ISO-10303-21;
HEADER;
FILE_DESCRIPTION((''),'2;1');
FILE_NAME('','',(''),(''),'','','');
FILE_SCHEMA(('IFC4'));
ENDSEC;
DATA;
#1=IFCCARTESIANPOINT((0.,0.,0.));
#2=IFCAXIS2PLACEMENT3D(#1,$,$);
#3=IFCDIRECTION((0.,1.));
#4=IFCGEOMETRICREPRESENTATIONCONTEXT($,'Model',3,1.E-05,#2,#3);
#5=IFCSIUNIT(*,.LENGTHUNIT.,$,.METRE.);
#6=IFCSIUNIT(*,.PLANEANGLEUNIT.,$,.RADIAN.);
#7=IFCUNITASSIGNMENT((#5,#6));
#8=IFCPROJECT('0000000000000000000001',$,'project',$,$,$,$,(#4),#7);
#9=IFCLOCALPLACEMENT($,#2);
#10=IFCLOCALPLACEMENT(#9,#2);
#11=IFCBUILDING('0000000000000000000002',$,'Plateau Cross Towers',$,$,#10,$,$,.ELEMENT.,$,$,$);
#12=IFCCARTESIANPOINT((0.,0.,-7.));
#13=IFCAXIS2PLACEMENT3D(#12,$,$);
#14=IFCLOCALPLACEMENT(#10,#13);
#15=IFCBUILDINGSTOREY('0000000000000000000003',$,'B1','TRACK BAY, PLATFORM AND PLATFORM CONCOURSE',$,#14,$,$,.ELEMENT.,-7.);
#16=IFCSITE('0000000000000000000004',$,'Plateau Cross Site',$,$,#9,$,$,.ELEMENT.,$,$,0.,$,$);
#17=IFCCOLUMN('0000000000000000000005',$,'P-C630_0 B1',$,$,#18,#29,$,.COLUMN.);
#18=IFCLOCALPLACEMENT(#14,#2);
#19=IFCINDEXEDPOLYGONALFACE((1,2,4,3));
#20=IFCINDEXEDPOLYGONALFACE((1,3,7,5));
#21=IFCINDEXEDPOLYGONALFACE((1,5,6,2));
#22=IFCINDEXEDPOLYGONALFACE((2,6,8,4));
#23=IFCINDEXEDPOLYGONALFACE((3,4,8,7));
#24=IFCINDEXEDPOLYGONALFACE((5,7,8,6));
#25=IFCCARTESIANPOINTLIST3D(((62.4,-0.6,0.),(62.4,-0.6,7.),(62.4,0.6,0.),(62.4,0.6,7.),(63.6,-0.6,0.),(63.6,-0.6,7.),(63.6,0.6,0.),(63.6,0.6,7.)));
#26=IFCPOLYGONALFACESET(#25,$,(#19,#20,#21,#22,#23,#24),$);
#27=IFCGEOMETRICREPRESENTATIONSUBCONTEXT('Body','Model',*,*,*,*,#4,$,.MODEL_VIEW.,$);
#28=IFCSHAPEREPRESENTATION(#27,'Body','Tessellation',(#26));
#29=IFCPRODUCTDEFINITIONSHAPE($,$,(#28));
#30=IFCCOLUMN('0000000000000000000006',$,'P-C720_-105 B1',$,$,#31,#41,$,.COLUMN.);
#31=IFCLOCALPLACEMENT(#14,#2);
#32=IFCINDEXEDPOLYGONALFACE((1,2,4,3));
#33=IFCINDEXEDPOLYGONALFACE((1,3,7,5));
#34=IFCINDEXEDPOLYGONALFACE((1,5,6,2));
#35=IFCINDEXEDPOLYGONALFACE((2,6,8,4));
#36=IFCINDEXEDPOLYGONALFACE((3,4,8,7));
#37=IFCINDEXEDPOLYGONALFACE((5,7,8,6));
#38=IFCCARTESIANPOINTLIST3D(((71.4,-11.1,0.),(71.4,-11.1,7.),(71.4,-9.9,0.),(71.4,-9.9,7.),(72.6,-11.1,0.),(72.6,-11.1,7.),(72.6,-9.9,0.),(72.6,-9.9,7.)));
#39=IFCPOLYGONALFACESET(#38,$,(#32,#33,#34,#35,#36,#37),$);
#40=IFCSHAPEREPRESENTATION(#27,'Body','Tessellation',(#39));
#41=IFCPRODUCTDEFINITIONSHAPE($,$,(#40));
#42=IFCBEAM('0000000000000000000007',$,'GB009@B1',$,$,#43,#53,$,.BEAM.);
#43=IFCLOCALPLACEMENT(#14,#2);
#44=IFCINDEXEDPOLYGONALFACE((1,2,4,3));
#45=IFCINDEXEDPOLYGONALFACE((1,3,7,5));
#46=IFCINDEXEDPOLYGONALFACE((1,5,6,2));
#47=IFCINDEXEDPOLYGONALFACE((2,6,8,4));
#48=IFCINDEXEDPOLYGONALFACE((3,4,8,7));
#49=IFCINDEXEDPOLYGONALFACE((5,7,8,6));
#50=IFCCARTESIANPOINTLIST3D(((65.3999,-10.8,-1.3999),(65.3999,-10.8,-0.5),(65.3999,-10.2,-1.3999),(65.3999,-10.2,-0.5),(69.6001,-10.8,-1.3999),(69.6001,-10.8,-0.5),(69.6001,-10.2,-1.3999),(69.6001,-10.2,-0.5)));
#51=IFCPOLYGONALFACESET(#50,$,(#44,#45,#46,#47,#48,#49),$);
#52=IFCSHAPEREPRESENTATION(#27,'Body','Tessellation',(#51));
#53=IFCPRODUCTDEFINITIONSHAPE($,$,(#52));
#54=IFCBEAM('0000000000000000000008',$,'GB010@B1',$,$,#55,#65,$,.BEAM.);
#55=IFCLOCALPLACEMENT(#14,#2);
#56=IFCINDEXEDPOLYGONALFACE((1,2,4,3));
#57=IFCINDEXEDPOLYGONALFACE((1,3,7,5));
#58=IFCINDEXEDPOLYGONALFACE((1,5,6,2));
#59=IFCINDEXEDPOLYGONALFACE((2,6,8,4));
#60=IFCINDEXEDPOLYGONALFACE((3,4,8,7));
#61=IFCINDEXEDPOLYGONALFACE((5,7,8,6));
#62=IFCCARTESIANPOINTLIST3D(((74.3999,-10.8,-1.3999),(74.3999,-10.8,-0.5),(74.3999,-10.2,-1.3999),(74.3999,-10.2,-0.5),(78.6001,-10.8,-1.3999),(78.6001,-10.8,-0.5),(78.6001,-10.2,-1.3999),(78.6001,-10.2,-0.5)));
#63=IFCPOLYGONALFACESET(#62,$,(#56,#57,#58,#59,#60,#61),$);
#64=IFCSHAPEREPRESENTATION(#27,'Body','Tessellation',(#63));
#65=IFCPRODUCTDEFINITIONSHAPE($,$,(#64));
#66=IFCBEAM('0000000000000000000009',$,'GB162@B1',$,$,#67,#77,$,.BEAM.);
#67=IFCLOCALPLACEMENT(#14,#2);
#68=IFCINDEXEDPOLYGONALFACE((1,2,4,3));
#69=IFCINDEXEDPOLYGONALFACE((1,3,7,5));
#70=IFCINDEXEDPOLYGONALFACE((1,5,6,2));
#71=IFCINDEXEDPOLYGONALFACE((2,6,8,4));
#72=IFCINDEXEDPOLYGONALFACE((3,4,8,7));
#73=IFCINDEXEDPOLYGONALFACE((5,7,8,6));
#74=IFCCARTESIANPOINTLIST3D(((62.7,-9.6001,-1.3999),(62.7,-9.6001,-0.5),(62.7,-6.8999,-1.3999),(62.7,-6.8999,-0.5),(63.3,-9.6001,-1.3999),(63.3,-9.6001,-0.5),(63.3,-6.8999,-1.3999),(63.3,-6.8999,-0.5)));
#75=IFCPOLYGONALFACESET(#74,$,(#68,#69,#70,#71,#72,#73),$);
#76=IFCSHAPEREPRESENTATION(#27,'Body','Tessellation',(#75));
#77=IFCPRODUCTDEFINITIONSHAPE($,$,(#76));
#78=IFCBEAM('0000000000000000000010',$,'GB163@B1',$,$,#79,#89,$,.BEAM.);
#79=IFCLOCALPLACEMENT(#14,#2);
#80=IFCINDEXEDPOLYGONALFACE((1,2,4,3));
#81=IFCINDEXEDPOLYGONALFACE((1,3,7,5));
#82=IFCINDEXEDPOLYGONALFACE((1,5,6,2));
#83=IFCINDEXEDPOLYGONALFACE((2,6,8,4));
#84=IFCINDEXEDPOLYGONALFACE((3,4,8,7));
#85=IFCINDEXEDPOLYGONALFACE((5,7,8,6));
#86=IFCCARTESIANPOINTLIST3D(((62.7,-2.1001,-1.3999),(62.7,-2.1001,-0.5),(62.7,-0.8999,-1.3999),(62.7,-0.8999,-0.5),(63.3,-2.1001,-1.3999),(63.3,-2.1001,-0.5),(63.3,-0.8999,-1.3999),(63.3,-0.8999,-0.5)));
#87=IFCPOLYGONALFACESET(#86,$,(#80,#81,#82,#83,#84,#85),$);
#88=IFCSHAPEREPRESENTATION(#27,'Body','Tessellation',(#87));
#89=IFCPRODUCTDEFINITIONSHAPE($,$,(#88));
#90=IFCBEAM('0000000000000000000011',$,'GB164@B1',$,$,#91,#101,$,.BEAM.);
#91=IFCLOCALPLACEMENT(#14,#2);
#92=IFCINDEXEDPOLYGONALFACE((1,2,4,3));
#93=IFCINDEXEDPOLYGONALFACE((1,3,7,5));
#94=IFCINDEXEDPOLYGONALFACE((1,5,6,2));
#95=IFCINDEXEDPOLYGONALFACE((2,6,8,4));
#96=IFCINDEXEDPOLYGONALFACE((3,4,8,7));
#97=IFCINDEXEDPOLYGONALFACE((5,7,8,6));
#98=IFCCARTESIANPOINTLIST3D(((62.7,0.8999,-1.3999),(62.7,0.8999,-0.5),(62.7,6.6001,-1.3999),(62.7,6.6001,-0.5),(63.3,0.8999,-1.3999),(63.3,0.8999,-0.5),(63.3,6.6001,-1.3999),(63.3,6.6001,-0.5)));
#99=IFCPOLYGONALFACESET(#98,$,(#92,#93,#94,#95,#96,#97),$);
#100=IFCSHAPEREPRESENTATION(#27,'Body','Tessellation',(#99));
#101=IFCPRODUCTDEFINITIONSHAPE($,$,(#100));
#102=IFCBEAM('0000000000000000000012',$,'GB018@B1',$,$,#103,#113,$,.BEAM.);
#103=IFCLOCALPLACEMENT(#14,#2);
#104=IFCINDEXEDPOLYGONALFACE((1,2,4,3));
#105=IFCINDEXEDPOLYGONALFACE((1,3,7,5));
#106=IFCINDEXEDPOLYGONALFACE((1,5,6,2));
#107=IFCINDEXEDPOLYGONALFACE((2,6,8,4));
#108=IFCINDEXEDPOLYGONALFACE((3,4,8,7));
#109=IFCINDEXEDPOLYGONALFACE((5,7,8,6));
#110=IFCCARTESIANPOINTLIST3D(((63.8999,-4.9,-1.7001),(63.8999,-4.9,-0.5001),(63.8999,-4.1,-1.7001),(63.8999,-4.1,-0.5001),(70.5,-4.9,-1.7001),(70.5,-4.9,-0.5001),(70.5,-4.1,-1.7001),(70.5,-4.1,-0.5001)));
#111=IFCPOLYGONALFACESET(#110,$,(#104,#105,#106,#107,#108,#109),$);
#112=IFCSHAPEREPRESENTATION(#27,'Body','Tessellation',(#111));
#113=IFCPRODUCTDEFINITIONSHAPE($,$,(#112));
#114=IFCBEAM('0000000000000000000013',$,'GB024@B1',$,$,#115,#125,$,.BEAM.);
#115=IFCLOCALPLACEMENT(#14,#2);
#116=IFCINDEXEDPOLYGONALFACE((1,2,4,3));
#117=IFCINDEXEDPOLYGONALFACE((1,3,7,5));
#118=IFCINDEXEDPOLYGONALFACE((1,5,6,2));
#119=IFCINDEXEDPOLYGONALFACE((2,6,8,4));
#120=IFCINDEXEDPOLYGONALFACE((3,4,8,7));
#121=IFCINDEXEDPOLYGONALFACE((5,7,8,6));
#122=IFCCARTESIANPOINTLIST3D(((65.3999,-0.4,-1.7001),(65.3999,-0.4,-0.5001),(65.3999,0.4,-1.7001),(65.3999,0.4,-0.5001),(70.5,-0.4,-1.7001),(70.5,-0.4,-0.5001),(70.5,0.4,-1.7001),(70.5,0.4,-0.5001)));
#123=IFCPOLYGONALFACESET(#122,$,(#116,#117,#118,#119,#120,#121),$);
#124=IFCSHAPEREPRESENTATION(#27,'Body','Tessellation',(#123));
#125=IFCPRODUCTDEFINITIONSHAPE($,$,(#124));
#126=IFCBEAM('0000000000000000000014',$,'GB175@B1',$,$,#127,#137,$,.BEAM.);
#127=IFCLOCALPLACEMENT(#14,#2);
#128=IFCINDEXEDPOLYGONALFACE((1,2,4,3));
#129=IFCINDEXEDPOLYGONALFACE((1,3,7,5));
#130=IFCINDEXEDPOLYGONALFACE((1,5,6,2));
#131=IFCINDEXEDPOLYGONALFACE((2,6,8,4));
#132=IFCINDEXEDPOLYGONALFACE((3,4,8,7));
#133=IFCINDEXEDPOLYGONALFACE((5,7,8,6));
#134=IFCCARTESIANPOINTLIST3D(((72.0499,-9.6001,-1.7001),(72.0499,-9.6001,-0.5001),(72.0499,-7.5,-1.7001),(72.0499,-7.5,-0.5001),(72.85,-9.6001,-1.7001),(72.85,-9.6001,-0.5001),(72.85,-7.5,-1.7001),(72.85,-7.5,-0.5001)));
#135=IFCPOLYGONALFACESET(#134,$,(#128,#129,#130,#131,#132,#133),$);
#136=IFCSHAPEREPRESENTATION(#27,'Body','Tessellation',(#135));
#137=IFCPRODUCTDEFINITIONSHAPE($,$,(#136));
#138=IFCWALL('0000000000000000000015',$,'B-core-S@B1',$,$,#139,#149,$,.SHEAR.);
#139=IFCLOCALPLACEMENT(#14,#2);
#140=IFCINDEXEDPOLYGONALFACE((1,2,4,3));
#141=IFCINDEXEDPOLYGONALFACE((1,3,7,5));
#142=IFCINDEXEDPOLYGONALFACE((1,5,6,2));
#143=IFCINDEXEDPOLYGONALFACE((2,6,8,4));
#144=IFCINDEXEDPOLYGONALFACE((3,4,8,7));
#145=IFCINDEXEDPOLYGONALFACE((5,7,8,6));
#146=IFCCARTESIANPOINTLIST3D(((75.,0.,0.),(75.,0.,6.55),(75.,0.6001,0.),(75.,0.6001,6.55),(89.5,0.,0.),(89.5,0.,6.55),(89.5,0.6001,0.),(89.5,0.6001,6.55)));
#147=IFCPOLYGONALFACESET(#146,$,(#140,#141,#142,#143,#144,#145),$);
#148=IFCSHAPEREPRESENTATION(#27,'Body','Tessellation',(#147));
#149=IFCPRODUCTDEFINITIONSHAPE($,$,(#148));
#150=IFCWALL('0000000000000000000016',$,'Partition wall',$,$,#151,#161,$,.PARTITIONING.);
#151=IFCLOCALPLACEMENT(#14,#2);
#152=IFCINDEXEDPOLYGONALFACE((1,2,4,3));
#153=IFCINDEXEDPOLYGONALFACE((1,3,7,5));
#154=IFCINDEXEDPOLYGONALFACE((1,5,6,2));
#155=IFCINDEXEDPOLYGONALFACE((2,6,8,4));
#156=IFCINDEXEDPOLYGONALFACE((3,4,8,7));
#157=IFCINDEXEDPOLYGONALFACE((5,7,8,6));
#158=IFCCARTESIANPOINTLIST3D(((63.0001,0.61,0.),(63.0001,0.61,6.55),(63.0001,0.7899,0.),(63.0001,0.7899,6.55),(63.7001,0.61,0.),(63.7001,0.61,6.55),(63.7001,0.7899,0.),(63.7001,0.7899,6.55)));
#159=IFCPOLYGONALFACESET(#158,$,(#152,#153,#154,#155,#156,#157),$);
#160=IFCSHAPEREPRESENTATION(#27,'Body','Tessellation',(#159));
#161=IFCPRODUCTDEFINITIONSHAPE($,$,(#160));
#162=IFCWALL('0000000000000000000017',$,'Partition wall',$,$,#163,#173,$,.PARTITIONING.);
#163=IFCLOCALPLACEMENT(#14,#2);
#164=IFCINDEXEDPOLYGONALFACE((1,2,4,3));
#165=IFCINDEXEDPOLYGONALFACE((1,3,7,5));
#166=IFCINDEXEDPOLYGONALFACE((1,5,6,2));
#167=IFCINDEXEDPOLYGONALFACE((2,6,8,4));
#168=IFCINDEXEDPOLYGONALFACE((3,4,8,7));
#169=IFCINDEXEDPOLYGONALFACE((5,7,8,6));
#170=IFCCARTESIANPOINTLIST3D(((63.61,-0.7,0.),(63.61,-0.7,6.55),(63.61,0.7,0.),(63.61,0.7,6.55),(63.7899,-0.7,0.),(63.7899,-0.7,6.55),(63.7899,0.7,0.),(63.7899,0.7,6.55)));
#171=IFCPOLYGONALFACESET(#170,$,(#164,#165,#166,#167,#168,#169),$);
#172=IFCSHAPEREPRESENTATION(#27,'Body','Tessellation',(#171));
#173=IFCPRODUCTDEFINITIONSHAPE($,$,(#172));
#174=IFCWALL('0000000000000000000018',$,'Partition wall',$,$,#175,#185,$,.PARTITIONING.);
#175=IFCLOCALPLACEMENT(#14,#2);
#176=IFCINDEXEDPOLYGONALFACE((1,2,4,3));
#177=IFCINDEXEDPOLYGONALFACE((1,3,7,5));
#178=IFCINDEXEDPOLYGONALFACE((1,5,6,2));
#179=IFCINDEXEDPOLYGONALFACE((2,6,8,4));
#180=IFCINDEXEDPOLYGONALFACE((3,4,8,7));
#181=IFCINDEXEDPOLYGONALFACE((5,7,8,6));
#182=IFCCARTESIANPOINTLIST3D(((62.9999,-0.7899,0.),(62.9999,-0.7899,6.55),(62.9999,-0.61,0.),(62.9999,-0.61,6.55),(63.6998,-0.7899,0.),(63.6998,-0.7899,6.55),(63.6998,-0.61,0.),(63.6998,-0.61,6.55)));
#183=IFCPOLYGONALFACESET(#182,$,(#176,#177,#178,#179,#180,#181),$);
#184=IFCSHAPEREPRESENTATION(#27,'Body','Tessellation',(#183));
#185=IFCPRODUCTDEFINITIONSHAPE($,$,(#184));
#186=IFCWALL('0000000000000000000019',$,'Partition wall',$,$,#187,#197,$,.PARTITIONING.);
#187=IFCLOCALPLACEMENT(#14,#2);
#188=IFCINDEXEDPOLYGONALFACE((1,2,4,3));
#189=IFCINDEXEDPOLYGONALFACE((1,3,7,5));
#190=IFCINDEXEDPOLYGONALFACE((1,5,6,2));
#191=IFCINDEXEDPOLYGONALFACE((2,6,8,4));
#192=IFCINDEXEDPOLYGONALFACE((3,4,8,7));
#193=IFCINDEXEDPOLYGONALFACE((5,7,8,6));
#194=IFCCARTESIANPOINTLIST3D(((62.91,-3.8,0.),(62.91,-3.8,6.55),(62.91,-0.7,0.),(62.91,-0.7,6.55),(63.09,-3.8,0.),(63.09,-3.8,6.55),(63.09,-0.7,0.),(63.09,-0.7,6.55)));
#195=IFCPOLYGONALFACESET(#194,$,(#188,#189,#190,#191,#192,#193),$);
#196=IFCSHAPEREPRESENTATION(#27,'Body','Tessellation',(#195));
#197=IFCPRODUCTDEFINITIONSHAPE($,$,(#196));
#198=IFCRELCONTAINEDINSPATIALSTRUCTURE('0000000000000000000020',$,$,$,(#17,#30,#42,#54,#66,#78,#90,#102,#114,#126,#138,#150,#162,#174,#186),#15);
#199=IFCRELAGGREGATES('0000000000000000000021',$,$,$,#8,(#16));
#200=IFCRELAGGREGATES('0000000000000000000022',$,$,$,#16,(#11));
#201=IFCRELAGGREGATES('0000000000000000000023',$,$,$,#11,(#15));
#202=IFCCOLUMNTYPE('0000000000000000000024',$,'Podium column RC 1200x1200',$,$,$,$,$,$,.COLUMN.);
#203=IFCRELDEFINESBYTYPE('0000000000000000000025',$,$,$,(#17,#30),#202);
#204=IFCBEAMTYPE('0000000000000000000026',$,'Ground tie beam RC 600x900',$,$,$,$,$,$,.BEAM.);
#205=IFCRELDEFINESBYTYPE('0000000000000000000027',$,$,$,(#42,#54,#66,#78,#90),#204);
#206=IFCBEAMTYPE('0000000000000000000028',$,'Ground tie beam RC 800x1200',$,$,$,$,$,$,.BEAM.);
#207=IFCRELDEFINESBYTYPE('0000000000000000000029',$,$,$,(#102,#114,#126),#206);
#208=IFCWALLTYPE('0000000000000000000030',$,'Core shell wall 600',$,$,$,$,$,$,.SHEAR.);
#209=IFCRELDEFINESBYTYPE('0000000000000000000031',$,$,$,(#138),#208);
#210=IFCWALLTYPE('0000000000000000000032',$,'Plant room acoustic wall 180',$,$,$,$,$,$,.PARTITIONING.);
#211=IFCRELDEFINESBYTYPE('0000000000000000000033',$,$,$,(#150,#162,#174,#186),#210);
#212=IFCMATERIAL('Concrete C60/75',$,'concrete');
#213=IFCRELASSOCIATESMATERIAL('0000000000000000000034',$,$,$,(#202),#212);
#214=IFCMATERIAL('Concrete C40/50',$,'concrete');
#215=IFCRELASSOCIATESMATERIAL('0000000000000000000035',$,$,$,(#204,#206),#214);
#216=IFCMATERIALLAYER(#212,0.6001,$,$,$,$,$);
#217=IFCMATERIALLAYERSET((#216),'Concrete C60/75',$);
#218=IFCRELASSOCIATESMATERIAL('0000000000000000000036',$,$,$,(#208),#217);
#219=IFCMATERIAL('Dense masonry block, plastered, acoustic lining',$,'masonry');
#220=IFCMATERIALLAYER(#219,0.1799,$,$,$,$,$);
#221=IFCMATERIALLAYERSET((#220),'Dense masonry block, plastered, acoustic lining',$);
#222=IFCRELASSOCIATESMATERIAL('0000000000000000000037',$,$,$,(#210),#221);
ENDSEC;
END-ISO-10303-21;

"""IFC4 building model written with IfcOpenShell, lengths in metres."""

from ifc_helpers import new_model, si_unit, direction, frame, frame_2d, origin, origin_2d, place, context, subcontext, project, spatial, rectangle, extrude, material, layer, layer_set, material_profile, profile_set, type_object, element, save


model = new_model("IFC4")

# Units and contexts
model_context = context("Model", 3, precision=1e-05, world=origin(), true_north=direction((0.0, 1.0)))
body_context = subcontext(model_context, "Body", "Model", "MODEL_VIEW")
ifc_project = project(units=[si_unit("LENGTHUNIT", "METRE"), si_unit("PLANEANGLEUNIT", "RADIAN")], contexts=[model_context])

# Site, building, storey
site_placement = place(None, origin())
site = spatial("IfcSite", under=ifc_project, at=site_placement, Name="Plateau Cross Site", CompositionType="ELEMENT", RefElevation=0.0)
building_placement = place(site_placement, origin())
building = spatial("IfcBuilding", under=site, at=building_placement, Name="Plateau Cross Towers", CompositionType="ELEMENT")
storey_placement = place(building_placement, frame((0.0, 0.0, -7.0)))
storey = spatial("IfcBuildingStorey", under=building, at=storey_placement, Name="B1", Description="TRACK BAY, PLATFORM AND PLATFORM CONCOURSE", CompositionType="ELEMENT", Elevation=-7.0)

# Shared definitions
ifc_material_1 = material(Name="Concrete C40/50", Category="concrete")

# Columns
ifc_material_2 = material(Name="Concrete C60/75", Category="concrete")
ifc_material_profile_1 = material_profile(ifc_material_2, rectangle(XDim=1.2, YDim=1.2, at=origin_2d()), Name="RC 1200x1200")
ifc_profile_set_1 = profile_set([ifc_material_profile_1], Name="Concrete C60/75")
column_type_1 = type_object("IfcColumnType", Name="Podium column RC 1200x1200", PredefinedType="COLUMN", material=ifc_profile_set_1)
for number, where, z_axis, x_axis, name in (
    (1, (63.0, 0.0, 0.0), (0.0, 0.0, 1.0), (1.0, 0.0, 0.0), "P-C630_0 B1"),
    (2, (72.0, -10.5, 0.0), (0.0, 0.0, 1.0), (1.0, 0.0, 0.0), "P-C720_-105 B1"),
):
    element("IfcColumn", number, at=place(storey_placement, frame(where, z_axis=z_axis, x_axis=x_axis)), inside=storey, type_object=column_type_1, Name=name, PredefinedType="COLUMN", context=body_context, shape_type="SweptSolid", body=[
        extrude(rectangle(XDim=1.2, YDim=1.2, at=origin_2d()), origin(), (0.0, 0.0, 1.0), 7.0),
    ])

# Beams
ifc_material_profile_2 = material_profile(ifc_material_1, rectangle(XDim=0.6001, YDim=0.8999, at=origin_2d()), Name="RC 600x900")
ifc_profile_set_2 = profile_set([ifc_material_profile_2], Name="Concrete C40/50")
beam_type_1 = type_object("IfcBeamType", Name="Ground tie beam RC 600x900", PredefinedType="BEAM", material=ifc_profile_set_2)
for number, where, z_axis, x_axis, name in (
    (3, (65.3999, -10.5, -0.95), (1.0, 0.0, 0.0), (0.0, 1.0, 0.0), "GB009@B1"),
    (4, (74.3999, -10.5, -0.95), (1.0, 0.0, 0.0), (0.0, 1.0, 0.0), "GB010@B1"),
):
    element("IfcBeam", number, at=place(storey_placement, frame(where, z_axis=z_axis, x_axis=x_axis)), inside=storey, type_object=beam_type_1, Name=name, PredefinedType="BEAM", context=body_context, shape_type="SweptSolid", body=[
        extrude(rectangle(XDim=0.6001, YDim=0.8999, at=origin_2d()), origin(), (0.0, 0.0, 1.0), 4.2002),
    ])
beam_1_placement = place(storey_placement, frame((63.0, -9.6001, -0.95), z_axis=(0.0, 1.0, 0.0), x_axis=(-1.0, 0.0, 0.0)))
element("IfcBeam", 5, at=beam_1_placement, inside=storey, type_object=beam_type_1, Name="GB162@B1", PredefinedType="BEAM", context=body_context, shape_type="SweptSolid", body=[
    extrude(rectangle(XDim=0.6001, YDim=0.8999, at=origin_2d()), origin(), (0.0, 0.0, 1.0), 2.7002),
])
beam_2_placement = place(storey_placement, frame((63.0, -2.1001, -0.95), z_axis=(0.0, 1.0, 0.0), x_axis=(-1.0, 0.0, 0.0)))
element("IfcBeam", 6, at=beam_2_placement, inside=storey, type_object=beam_type_1, Name="GB163@B1", PredefinedType="BEAM", context=body_context, shape_type="SweptSolid", body=[
    extrude(rectangle(XDim=0.6001, YDim=0.8999, at=origin_2d()), origin(), (0.0, 0.0, 1.0), 1.2002),
])
beam_3_placement = place(storey_placement, frame((63.0, 0.8999, -0.95), z_axis=(0.0, 1.0, 0.0), x_axis=(-1.0, 0.0, 0.0)))
element("IfcBeam", 7, at=beam_3_placement, inside=storey, type_object=beam_type_1, Name="GB164@B1", PredefinedType="BEAM", context=body_context, shape_type="SweptSolid", body=[
    extrude(rectangle(XDim=0.6001, YDim=0.8999, at=origin_2d()), origin(), (0.0, 0.0, 1.0), 5.7002),
])
ifc_material_profile_3 = material_profile(ifc_material_1, rectangle(XDim=0.8, YDim=1.2, at=origin_2d()), Name="RC 800x1200")
ifc_profile_set_3 = profile_set([ifc_material_profile_3], Name="Concrete C40/50")
beam_type_2 = type_object("IfcBeamType", Name="Ground tie beam RC 800x1200", PredefinedType="BEAM", material=ifc_profile_set_3)
beam_4_placement = place(storey_placement, frame((63.8999, -4.5, -1.1001), z_axis=(1.0, 0.0, 0.0), x_axis=(0.0, 1.0, 0.0)))
element("IfcBeam", 8, at=beam_4_placement, inside=storey, type_object=beam_type_2, Name="GB018@B1", PredefinedType="BEAM", context=body_context, shape_type="SweptSolid", body=[
    extrude(rectangle(XDim=0.8, YDim=1.2, at=origin_2d()), origin(), (0.0, 0.0, 1.0), 6.6001),
])
beam_5_placement = place(storey_placement, frame((65.3999, 0.0, -1.1001), z_axis=(1.0, 0.0, 0.0), x_axis=(0.0, 1.0, 0.0)))
element("IfcBeam", 9, at=beam_5_placement, inside=storey, type_object=beam_type_2, Name="GB024@B1", PredefinedType="BEAM", context=body_context, shape_type="SweptSolid", body=[
    extrude(rectangle(XDim=0.8, YDim=1.2, at=origin_2d()), origin(), (0.0, 0.0, 1.0), 5.1001),
])
beam_6_placement = place(storey_placement, frame((72.45, -9.6001, -1.1001), z_axis=(0.0, 1.0, 0.0), x_axis=(-1.0, 0.0, 0.0)))
element("IfcBeam", 10, at=beam_6_placement, inside=storey, type_object=beam_type_2, Name="GB175@B1", PredefinedType="BEAM", context=body_context, shape_type="SweptSolid", body=[
    extrude(rectangle(XDim=0.8, YDim=1.2, at=origin_2d()), origin(), (0.0, 0.0, 1.0), 2.1001),
])

# Walls
ifc_layer_1 = layer(ifc_material_2, 0.6001)
ifc_layer_set_1 = layer_set([ifc_layer_1], Name="Concrete C60/75")
wall_type_1 = type_object("IfcWallType", Name="Core shell wall 600", PredefinedType="SHEAR", material=ifc_layer_set_1)
wall_1_placement = place(storey_placement, frame((75.0, 0.3, 0.0), z_axis=(0.0, 0.0, 1.0), x_axis=(1.0, 0.0, 0.0)))
element("IfcWall", 11, at=wall_1_placement, inside=storey, type_object=wall_type_1, Name="B-core-S@B1", PredefinedType="SHEAR", context=body_context, shape_type="SweptSolid", body=[
    extrude(rectangle(XDim=14.5, YDim=0.6001, at=frame_2d((7.25, 0.0))), origin(), (0.0, 0.0, 1.0), 6.55),
])
ifc_material_3 = material(Name="Dense masonry block, plastered, acoustic lining", Category="masonry")
ifc_layer_2 = layer(ifc_material_3, 0.1799)
ifc_layer_set_2 = layer_set([ifc_layer_2], Name="Dense masonry block, plastered, acoustic lining")
wall_type_2 = type_object("IfcWallType", Name="Plant room acoustic wall 180", PredefinedType="PARTITIONING", material=ifc_layer_set_2)
wall_2_placement = place(storey_placement, frame((63.0, 0.7, 0.0), z_axis=(0.0, 0.0, 1.0), x_axis=(1.0, 0.0, 0.0)))
element("IfcWall", 12, at=wall_2_placement, inside=storey, type_object=wall_type_2, Name="Partition wall", PredefinedType="PARTITIONING", context=body_context, shape_type="SweptSolid", body=[
    extrude(rectangle(XDim=0.7, YDim=0.1799, at=frame_2d((0.3501, 0.0))), origin(), (0.0, 0.0, 1.0), 6.55),
])
wall_3_placement = place(storey_placement, frame((63.7, 0.7, 0.0), z_axis=(0.0, 0.0, 1.0), x_axis=(0.0, -1.0, 0.0)))
element("IfcWall", 13, at=wall_3_placement, inside=storey, type_object=wall_type_2, Name="Partition wall", PredefinedType="PARTITIONING", context=body_context, shape_type="SweptSolid", body=[
    extrude(rectangle(XDim=1.3999, YDim=0.1799, at=frame_2d((0.7, 0.0))), origin(), (0.0, 0.0, 1.0), 6.55),
])
wall_4_placement = place(storey_placement, frame((63.7, -0.7, 0.0), z_axis=(0.0, 0.0, 1.0), x_axis=(-1.0, 0.0, 0.0)))
element("IfcWall", 14, at=wall_4_placement, inside=storey, type_object=wall_type_2, Name="Partition wall", PredefinedType="PARTITIONING", context=body_context, shape_type="SweptSolid", body=[
    extrude(rectangle(XDim=0.7, YDim=0.1799, at=frame_2d((0.3501, 0.0))), origin(), (0.0, 0.0, 1.0), 6.55),
])
wall_5_placement = place(storey_placement, frame((63.0, -0.7, 0.0), z_axis=(0.0, 0.0, 1.0), x_axis=(0.0, -1.0, 0.0)))
element("IfcWall", 15, at=wall_5_placement, inside=storey, type_object=wall_type_2, Name="Partition wall", PredefinedType="PARTITIONING", context=body_context, shape_type="SweptSolid", body=[
    extrude(rectangle(XDim=3.1001, YDim=0.1799, at=frame_2d((1.55, 0.0))), origin(), (0.0, 0.0, 1.0), 6.55),
])

save(model, "model.ifc")
